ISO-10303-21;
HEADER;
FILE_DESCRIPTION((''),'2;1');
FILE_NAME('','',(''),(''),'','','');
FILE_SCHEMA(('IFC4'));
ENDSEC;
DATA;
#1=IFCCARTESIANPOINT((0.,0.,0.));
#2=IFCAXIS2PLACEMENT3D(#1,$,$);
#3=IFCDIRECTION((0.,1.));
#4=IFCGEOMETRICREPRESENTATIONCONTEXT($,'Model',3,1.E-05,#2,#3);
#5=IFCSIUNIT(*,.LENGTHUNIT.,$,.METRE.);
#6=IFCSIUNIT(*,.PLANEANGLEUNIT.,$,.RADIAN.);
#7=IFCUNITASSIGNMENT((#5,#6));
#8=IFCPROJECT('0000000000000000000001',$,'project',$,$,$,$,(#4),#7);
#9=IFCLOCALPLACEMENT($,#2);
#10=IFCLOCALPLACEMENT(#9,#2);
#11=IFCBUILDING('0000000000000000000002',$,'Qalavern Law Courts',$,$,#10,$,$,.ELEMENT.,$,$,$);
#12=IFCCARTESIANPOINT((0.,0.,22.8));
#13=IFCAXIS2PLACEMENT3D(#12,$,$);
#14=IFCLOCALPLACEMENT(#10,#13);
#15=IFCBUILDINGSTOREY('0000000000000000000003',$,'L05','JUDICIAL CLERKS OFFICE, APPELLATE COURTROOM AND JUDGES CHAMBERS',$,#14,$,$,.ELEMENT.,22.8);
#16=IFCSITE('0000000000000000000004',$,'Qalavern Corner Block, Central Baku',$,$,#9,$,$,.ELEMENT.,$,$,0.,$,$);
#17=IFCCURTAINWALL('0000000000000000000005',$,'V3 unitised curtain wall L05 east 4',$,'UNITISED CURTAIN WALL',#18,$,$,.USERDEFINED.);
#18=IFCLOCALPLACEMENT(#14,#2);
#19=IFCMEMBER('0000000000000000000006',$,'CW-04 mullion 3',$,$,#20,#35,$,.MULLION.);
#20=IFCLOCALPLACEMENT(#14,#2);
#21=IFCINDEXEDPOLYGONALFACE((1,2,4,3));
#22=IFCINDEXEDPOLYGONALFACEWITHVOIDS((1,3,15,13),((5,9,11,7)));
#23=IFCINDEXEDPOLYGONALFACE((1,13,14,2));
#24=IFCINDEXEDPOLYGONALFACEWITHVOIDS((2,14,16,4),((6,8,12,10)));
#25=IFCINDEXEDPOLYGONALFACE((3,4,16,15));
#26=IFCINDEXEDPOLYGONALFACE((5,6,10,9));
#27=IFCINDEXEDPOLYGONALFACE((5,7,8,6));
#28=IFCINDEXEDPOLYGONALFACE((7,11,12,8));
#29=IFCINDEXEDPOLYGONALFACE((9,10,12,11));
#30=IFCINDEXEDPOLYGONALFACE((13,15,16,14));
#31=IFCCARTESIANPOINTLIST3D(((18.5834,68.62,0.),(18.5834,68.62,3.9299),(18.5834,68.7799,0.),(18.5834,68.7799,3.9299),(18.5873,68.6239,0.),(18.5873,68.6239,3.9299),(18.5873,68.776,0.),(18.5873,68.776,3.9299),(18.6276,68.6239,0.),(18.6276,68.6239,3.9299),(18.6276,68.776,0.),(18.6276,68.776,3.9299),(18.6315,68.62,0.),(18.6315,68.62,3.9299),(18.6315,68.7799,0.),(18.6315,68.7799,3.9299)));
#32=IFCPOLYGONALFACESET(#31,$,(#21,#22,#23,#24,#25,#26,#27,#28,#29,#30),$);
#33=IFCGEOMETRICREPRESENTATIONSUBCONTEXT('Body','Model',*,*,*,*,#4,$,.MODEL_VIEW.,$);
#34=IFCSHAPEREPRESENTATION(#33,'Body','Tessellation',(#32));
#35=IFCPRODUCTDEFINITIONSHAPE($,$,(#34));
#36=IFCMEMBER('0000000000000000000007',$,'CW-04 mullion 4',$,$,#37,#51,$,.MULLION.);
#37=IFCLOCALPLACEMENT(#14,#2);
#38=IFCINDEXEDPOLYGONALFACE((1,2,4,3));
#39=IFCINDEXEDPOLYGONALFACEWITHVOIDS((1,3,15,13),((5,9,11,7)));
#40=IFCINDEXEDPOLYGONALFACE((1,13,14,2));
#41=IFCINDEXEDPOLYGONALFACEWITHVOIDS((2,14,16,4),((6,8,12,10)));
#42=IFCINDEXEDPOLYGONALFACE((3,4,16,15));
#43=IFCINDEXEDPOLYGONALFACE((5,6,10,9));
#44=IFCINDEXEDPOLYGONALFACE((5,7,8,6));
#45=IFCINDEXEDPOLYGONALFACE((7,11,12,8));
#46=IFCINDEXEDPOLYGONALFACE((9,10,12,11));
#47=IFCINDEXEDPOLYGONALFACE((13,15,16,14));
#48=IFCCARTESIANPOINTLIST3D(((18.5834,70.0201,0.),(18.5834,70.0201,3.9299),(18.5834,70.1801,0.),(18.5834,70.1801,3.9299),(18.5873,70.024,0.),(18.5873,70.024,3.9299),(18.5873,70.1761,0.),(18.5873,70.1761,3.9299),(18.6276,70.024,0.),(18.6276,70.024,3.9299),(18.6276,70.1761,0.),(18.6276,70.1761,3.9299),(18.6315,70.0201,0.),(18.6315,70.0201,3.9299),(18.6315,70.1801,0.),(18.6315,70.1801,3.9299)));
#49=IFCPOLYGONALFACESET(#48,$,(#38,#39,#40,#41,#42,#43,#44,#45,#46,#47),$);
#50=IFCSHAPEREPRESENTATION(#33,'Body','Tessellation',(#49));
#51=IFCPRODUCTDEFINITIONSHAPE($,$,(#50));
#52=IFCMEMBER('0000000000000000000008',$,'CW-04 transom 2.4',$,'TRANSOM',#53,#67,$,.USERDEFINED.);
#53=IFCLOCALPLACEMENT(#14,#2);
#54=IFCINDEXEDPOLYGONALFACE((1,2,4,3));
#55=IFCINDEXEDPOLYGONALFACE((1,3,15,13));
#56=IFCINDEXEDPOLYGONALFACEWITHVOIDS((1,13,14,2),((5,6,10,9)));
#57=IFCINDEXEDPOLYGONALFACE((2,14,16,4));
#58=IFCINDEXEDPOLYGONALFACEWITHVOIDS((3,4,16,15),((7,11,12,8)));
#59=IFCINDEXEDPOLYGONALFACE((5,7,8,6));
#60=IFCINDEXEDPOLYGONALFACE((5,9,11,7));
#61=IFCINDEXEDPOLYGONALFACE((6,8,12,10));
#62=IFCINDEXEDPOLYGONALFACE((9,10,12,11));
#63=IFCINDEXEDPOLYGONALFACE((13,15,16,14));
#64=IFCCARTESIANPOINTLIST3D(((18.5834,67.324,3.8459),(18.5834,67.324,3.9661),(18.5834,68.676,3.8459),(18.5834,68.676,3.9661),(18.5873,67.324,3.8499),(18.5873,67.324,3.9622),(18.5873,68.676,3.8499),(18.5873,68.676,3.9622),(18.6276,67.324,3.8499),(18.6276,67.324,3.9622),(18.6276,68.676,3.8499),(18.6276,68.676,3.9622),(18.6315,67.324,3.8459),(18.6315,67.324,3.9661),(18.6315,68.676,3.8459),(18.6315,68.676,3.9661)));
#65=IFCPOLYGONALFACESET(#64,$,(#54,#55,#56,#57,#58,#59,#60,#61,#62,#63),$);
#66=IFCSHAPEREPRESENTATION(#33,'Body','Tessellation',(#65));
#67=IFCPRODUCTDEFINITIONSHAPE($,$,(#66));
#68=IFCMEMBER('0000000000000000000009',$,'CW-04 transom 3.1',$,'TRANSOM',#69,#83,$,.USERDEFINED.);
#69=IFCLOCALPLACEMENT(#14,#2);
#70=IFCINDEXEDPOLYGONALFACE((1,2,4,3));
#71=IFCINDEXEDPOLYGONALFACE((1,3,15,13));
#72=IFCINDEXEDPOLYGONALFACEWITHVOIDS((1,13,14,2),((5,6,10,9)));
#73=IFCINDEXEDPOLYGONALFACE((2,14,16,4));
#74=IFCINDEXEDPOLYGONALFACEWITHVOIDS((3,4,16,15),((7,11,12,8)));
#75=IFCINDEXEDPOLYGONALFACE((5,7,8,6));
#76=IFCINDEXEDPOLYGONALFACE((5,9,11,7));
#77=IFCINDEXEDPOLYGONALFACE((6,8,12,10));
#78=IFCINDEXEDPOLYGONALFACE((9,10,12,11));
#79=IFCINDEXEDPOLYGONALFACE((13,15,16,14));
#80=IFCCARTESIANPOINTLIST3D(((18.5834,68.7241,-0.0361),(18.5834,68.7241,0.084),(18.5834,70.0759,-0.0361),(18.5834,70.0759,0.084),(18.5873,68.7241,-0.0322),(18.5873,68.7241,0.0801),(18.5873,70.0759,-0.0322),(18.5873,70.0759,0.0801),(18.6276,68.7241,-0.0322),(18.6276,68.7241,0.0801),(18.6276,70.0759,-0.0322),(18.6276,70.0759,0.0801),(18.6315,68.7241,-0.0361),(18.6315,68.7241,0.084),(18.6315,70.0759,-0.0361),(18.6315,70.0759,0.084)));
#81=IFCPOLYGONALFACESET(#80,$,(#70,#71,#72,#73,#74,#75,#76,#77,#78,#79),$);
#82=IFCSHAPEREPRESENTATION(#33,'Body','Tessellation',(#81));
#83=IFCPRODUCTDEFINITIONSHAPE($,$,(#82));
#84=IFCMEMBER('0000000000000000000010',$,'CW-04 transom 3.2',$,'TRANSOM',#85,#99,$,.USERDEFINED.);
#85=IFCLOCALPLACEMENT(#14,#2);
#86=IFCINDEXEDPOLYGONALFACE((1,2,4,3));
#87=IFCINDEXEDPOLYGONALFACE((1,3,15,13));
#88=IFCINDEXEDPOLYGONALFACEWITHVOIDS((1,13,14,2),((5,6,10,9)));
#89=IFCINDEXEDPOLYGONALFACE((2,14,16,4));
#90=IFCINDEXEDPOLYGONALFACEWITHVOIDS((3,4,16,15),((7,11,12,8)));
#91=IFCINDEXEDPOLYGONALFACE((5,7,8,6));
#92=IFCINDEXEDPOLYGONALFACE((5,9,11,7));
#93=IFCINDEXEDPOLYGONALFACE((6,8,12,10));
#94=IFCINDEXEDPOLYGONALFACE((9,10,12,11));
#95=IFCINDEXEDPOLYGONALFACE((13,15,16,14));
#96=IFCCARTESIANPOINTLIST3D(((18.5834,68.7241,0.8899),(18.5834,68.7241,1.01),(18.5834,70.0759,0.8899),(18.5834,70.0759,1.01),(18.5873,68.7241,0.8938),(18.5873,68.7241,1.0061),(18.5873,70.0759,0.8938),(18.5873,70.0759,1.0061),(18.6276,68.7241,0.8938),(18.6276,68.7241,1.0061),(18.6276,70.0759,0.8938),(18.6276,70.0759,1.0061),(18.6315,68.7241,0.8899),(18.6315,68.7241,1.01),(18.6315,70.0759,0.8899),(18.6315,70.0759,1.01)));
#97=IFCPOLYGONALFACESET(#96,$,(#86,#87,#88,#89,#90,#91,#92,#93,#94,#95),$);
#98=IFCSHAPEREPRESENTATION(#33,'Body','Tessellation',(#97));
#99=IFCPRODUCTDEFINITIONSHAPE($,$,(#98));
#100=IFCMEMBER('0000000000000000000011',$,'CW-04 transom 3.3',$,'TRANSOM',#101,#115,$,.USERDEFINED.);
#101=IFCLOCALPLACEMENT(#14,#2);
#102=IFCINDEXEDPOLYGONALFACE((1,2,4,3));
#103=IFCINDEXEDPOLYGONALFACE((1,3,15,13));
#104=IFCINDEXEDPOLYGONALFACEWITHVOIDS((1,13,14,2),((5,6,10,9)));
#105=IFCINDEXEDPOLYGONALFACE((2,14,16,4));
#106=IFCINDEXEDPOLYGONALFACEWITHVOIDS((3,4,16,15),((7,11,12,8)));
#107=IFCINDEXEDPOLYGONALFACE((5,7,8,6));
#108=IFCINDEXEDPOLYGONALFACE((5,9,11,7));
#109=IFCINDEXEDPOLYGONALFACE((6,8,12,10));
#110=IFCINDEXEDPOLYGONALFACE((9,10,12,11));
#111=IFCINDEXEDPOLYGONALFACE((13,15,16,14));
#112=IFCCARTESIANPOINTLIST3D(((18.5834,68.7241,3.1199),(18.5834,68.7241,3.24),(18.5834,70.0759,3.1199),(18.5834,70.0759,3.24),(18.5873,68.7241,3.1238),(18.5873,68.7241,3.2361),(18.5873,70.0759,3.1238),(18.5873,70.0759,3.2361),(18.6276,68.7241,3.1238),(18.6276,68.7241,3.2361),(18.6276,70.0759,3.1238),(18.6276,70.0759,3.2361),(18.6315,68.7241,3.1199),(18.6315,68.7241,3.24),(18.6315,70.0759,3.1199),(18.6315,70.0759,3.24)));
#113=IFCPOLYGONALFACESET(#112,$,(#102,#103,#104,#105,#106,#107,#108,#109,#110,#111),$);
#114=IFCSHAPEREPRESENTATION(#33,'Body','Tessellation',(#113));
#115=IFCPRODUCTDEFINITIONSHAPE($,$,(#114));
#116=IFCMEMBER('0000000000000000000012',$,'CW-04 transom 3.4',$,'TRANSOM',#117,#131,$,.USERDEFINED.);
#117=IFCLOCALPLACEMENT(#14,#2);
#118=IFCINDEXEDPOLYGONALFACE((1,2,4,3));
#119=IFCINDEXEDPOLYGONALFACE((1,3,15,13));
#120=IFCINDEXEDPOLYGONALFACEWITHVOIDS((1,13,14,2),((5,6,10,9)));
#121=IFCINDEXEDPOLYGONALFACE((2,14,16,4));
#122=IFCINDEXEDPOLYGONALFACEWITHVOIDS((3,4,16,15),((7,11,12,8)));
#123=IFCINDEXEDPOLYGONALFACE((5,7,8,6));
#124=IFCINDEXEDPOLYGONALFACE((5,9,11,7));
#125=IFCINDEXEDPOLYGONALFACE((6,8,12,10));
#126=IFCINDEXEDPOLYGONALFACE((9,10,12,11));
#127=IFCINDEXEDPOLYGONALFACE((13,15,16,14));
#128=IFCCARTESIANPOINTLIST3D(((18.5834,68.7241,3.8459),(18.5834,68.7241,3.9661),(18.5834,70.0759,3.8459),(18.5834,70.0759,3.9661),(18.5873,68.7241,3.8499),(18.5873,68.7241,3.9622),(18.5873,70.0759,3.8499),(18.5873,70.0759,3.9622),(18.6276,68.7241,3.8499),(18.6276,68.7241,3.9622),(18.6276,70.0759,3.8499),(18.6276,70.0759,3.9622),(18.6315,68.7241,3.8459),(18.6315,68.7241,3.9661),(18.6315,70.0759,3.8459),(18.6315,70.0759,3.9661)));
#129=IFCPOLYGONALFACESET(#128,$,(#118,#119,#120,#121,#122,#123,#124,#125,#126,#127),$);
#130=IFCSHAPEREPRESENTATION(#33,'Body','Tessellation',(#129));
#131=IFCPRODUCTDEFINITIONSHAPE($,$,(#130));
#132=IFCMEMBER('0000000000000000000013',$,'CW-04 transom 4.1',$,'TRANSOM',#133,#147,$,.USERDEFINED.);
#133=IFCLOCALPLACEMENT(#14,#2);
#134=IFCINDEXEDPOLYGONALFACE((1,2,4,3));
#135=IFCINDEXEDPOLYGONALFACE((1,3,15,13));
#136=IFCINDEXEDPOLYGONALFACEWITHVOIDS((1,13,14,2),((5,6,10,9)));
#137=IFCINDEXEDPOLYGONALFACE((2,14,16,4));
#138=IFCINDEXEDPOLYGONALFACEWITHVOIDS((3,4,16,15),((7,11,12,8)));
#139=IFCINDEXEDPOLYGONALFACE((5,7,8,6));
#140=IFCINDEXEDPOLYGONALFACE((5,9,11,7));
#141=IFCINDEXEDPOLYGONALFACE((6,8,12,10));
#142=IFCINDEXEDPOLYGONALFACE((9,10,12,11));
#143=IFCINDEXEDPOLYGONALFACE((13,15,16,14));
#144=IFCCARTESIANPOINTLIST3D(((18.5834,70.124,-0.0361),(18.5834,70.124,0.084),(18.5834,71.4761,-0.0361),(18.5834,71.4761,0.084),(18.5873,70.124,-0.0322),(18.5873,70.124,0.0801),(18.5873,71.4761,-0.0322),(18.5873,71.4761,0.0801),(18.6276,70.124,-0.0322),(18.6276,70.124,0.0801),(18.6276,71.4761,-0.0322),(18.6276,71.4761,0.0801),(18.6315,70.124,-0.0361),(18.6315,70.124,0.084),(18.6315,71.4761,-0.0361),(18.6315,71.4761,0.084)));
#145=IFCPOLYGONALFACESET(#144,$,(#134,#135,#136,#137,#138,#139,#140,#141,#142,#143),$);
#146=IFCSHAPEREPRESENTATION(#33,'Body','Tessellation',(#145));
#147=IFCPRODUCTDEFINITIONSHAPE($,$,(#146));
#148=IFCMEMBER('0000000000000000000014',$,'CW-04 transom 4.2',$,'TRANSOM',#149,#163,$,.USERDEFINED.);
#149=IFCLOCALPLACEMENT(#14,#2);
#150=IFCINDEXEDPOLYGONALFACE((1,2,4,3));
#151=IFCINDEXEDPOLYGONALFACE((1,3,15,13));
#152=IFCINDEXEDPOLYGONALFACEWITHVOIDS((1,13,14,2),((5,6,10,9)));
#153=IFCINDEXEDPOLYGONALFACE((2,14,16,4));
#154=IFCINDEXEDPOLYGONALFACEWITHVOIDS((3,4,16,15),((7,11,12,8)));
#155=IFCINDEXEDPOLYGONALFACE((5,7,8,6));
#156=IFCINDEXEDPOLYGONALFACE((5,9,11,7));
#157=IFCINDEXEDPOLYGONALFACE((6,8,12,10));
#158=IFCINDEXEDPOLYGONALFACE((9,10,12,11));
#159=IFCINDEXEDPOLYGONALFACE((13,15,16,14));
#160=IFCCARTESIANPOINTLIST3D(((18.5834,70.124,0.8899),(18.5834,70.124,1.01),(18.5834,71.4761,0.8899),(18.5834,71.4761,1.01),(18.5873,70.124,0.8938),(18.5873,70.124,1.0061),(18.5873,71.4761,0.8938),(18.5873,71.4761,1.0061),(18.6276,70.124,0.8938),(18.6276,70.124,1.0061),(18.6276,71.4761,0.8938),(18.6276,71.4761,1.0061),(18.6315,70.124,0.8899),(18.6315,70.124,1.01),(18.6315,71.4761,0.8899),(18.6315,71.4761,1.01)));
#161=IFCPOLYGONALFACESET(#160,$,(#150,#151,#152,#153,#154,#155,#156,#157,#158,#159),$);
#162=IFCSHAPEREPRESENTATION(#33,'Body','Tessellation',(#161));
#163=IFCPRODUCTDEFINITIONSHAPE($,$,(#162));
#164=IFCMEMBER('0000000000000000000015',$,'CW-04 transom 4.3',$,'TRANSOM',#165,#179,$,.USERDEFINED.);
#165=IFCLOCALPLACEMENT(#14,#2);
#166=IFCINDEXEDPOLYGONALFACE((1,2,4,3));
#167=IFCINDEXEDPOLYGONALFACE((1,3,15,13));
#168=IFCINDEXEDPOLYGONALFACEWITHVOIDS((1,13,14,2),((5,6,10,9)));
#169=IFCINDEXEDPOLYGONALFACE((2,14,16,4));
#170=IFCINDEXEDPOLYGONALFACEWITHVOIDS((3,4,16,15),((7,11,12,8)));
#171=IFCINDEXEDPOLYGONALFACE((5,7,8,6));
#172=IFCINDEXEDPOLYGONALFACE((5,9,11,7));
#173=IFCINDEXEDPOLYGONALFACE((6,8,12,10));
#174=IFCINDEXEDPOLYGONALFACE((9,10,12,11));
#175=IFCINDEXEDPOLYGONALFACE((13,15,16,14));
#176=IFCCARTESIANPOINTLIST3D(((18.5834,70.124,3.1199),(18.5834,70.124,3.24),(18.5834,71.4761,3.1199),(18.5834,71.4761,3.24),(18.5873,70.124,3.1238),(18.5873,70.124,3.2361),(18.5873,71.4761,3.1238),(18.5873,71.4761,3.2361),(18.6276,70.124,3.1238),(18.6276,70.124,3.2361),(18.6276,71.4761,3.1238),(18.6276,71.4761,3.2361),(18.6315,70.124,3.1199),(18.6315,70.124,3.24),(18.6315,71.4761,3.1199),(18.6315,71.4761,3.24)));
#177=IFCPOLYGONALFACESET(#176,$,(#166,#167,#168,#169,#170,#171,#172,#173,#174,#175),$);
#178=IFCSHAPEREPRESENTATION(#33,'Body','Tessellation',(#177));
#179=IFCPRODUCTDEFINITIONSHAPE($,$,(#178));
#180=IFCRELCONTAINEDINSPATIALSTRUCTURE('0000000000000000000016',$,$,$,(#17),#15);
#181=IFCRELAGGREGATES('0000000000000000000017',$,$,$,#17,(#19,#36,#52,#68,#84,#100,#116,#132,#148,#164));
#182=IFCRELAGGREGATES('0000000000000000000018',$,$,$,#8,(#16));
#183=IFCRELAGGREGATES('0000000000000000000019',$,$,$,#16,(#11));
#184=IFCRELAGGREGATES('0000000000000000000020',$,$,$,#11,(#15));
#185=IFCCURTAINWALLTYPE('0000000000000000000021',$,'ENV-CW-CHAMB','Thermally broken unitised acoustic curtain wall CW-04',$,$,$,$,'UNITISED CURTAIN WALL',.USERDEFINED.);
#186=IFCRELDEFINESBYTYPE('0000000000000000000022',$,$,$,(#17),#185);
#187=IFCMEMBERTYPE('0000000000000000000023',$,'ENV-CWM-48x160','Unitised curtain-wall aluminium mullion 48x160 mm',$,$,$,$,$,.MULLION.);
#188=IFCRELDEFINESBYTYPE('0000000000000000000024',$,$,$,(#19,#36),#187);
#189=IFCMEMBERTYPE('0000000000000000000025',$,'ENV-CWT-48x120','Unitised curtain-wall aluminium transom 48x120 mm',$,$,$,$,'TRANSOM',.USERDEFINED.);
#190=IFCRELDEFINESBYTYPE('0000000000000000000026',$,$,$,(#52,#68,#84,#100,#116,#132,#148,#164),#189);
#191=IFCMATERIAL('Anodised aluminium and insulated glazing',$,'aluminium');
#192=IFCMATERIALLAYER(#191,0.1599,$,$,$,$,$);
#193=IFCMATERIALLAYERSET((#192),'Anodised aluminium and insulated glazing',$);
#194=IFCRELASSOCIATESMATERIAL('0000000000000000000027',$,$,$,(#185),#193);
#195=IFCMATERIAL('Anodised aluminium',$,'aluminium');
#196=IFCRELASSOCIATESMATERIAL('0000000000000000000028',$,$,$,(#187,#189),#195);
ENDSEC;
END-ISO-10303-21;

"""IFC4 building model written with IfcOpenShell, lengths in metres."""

from ifc_helpers import new_model, si_unit, direction, frame, origin, origin_2d, place, context, subcontext, project, spatial, hollow_rectangle, extrude, material, layer, layer_set, material_profile, profile_set, type_object, element, aggregate, save


model = new_model("IFC4")

# Units and contexts
model_context = context("Model", 3, precision=1e-05, world=origin(), true_north=direction((0.0, 1.0)))
body_context = subcontext(model_context, "Body", "Model", "MODEL_VIEW")
ifc_project = project(units=[si_unit("LENGTHUNIT", "METRE"), si_unit("PLANEANGLEUNIT", "RADIAN")], contexts=[model_context])

# Site, building, storey
site_placement = place(None, origin())
site = spatial("IfcSite", under=ifc_project, at=site_placement, Name="Qalavern Corner Block, Central Baku", CompositionType="ELEMENT", RefElevation=0.0)
building_placement = place(site_placement, origin())
building = spatial("IfcBuilding", under=site, at=building_placement, Name="Qalavern Law Courts", CompositionType="ELEMENT")
storey_placement = place(building_placement, frame((0.0, 0.0, 22.8)))
storey = spatial("IfcBuildingStorey", under=building, at=storey_placement, Name="L05", Description="JUDICIAL CLERKS OFFICE, APPELLATE COURTROOM AND JUDGES CHAMBERS", CompositionType="ELEMENT", Elevation=22.8)

# Curtain wall, members
ifc_material_1 = material(Name="Anodised aluminium and insulated glazing", Category="aluminium")
ifc_layer_1 = layer(ifc_material_1, 0.1599)
ifc_layer_set_1 = layer_set([ifc_layer_1], Name="Anodised aluminium and insulated glazing")
curtain_wall_type = type_object("IfcCurtainWallType", Name="ENV-CW-CHAMB", Description="Thermally broken unitised acoustic curtain wall CW-04", ElementType="UNITISED CURTAIN WALL", PredefinedType="USERDEFINED", material=ifc_layer_set_1)
curtain_wall_placement = place(storey_placement, origin())
curtain_wall = element("IfcCurtainWall", 1, at=curtain_wall_placement, inside=storey, type_object=curtain_wall_type, Name="V3 unitised curtain wall L05 east 4", ObjectType="UNITISED CURTAIN WALL", PredefinedType="USERDEFINED")
ifc_material_2 = material(Name="Anodised aluminium", Category="aluminium")
ifc_material_profile_1 = material_profile(ifc_material_2, hollow_rectangle(XDim=0.0481, YDim=0.1599, WallThickness=0.0039, at=origin_2d()), Name="ALU MULLION 48x160")
ifc_profile_set_1 = profile_set([ifc_material_profile_1], Name="Anodised aluminium")
member_type_1 = type_object("IfcMemberType", Name="ENV-CWM-48x160", Description="Unitised curtain-wall aluminium mullion 48x160 mm", PredefinedType="MULLION", material=ifc_profile_set_1)
member_1_placement = place(storey_placement, frame((18.6074, 68.7, 0.0), z_axis=(0.0, 0.0, 1.0), x_axis=(-1.0, 0.0, 0.0)))
member_1 = element("IfcMember", 2, at=member_1_placement, type_object=member_type_1, Name="CW-04 mullion 3", PredefinedType="MULLION", context=body_context, shape_type="SweptSolid", body=[
    extrude(hollow_rectangle(XDim=0.0481, YDim=0.1599, WallThickness=0.0039, at=origin_2d()), origin(), (0.0, 0.0, 1.0), 3.9299),
])
member_2_placement = place(storey_placement, frame((18.6074, 70.1001, 0.0), z_axis=(0.0, 0.0, 1.0), x_axis=(-1.0, 0.0, 0.0)))
member_2 = element("IfcMember", 3, at=member_2_placement, type_object=member_type_1, Name="CW-04 mullion 4", PredefinedType="MULLION", context=body_context, shape_type="SweptSolid", body=[
    extrude(hollow_rectangle(XDim=0.0481, YDim=0.1599, WallThickness=0.0039, at=origin_2d()), origin(), (0.0, 0.0, 1.0), 3.9299),
])
ifc_material_profile_2 = material_profile(ifc_material_2, hollow_rectangle(XDim=0.0481, YDim=0.1201, WallThickness=0.0039, at=origin_2d()), Name="ALU TRANSOM 48x120")
ifc_profile_set_2 = profile_set([ifc_material_profile_2], Name="Anodised aluminium")
member_type_2 = type_object("IfcMemberType", Name="ENV-CWT-48x120", Description="Unitised curtain-wall aluminium transom 48x120 mm", ElementType="TRANSOM", PredefinedType="USERDEFINED", material=ifc_profile_set_2)
member_3_placement = place(storey_placement, frame((18.6074, 67.324, 3.906), z_axis=(0.0, 1.0, 0.0), x_axis=(-1.0, 0.0, 0.0)))
member_3 = element("IfcMember", 4, at=member_3_placement, type_object=member_type_2, Name="CW-04 transom 2.4", ObjectType="TRANSOM", PredefinedType="USERDEFINED", context=body_context, shape_type="SweptSolid", body=[
    extrude(hollow_rectangle(XDim=0.0481, YDim=0.1201, WallThickness=0.0039, at=origin_2d()), origin(), (0.0, 0.0, 1.0), 1.3521),
])
member_4_placement = place(storey_placement, frame((18.6074, 68.7241, 0.0239), z_axis=(0.0, 1.0, 0.0), x_axis=(-1.0, 0.0, 0.0)))
member_4 = element("IfcMember", 5, at=member_4_placement, type_object=member_type_2, Name="CW-04 transom 3.1", ObjectType="TRANSOM", PredefinedType="USERDEFINED", context=body_context, shape_type="SweptSolid", body=[
    extrude(hollow_rectangle(XDim=0.0481, YDim=0.1201, WallThickness=0.0039, at=origin_2d()), origin(), (0.0, 0.0, 1.0), 1.3518),
])
member_5_placement = place(storey_placement, frame((18.6074, 68.7241, 0.95), z_axis=(0.0, 1.0, 0.0), x_axis=(-1.0, 0.0, 0.0)))
member_5 = element("IfcMember", 6, at=member_5_placement, type_object=member_type_2, Name="CW-04 transom 3.2", ObjectType="TRANSOM", PredefinedType="USERDEFINED", context=body_context, shape_type="SweptSolid", body=[
    extrude(hollow_rectangle(XDim=0.0481, YDim=0.1201, WallThickness=0.0039, at=origin_2d()), origin(), (0.0, 0.0, 1.0), 1.3518),
])
member_6_placement = place(storey_placement, frame((18.6074, 68.7241, 3.1799), z_axis=(0.0, 1.0, 0.0), x_axis=(-1.0, 0.0, 0.0)))
member_6 = element("IfcMember", 7, at=member_6_placement, type_object=member_type_2, Name="CW-04 transom 3.3", ObjectType="TRANSOM", PredefinedType="USERDEFINED", context=body_context, shape_type="SweptSolid", body=[
    extrude(hollow_rectangle(XDim=0.0481, YDim=0.1201, WallThickness=0.0039, at=origin_2d()), origin(), (0.0, 0.0, 1.0), 1.3518),
])
member_7_placement = place(storey_placement, frame((18.6074, 68.7241, 3.906), z_axis=(0.0, 1.0, 0.0), x_axis=(-1.0, 0.0, 0.0)))
member_7 = element("IfcMember", 8, at=member_7_placement, type_object=member_type_2, Name="CW-04 transom 3.4", ObjectType="TRANSOM", PredefinedType="USERDEFINED", context=body_context, shape_type="SweptSolid", body=[
    extrude(hollow_rectangle(XDim=0.0481, YDim=0.1201, WallThickness=0.0039, at=origin_2d()), origin(), (0.0, 0.0, 1.0), 1.3518),
])
member_8_placement = place(storey_placement, frame((18.6074, 70.124, 0.0239), z_axis=(0.0, 1.0, 0.0), x_axis=(-1.0, 0.0, 0.0)))
member_8 = element("IfcMember", 9, at=member_8_placement, type_object=member_type_2, Name="CW-04 transom 4.1", ObjectType="TRANSOM", PredefinedType="USERDEFINED", context=body_context, shape_type="SweptSolid", body=[
    extrude(hollow_rectangle(XDim=0.0481, YDim=0.1201, WallThickness=0.0039, at=origin_2d()), origin(), (0.0, 0.0, 1.0), 1.3521),
])
member_9_placement = place(storey_placement, frame((18.6074, 70.124, 0.95), z_axis=(0.0, 1.0, 0.0), x_axis=(-1.0, 0.0, 0.0)))
member_9 = element("IfcMember", 10, at=member_9_placement, type_object=member_type_2, Name="CW-04 transom 4.2", ObjectType="TRANSOM", PredefinedType="USERDEFINED", context=body_context, shape_type="SweptSolid", body=[
    extrude(hollow_rectangle(XDim=0.0481, YDim=0.1201, WallThickness=0.0039, at=origin_2d()), origin(), (0.0, 0.0, 1.0), 1.3521),
])
member_10_placement = place(storey_placement, frame((18.6074, 70.124, 3.1799), z_axis=(0.0, 1.0, 0.0), x_axis=(-1.0, 0.0, 0.0)))
member_10 = element("IfcMember", 11, at=member_10_placement, type_object=member_type_2, Name="CW-04 transom 4.3", ObjectType="TRANSOM", PredefinedType="USERDEFINED", context=body_context, shape_type="SweptSolid", body=[
    extrude(hollow_rectangle(XDim=0.0481, YDim=0.1201, WallThickness=0.0039, at=origin_2d()), origin(), (0.0, 0.0, 1.0), 1.3521),
])

aggregate(curtain_wall, [member_1, member_2, member_3, member_4, member_5, member_6, member_7, member_8, member_9, member_10])

save(model, "model.ifc")
